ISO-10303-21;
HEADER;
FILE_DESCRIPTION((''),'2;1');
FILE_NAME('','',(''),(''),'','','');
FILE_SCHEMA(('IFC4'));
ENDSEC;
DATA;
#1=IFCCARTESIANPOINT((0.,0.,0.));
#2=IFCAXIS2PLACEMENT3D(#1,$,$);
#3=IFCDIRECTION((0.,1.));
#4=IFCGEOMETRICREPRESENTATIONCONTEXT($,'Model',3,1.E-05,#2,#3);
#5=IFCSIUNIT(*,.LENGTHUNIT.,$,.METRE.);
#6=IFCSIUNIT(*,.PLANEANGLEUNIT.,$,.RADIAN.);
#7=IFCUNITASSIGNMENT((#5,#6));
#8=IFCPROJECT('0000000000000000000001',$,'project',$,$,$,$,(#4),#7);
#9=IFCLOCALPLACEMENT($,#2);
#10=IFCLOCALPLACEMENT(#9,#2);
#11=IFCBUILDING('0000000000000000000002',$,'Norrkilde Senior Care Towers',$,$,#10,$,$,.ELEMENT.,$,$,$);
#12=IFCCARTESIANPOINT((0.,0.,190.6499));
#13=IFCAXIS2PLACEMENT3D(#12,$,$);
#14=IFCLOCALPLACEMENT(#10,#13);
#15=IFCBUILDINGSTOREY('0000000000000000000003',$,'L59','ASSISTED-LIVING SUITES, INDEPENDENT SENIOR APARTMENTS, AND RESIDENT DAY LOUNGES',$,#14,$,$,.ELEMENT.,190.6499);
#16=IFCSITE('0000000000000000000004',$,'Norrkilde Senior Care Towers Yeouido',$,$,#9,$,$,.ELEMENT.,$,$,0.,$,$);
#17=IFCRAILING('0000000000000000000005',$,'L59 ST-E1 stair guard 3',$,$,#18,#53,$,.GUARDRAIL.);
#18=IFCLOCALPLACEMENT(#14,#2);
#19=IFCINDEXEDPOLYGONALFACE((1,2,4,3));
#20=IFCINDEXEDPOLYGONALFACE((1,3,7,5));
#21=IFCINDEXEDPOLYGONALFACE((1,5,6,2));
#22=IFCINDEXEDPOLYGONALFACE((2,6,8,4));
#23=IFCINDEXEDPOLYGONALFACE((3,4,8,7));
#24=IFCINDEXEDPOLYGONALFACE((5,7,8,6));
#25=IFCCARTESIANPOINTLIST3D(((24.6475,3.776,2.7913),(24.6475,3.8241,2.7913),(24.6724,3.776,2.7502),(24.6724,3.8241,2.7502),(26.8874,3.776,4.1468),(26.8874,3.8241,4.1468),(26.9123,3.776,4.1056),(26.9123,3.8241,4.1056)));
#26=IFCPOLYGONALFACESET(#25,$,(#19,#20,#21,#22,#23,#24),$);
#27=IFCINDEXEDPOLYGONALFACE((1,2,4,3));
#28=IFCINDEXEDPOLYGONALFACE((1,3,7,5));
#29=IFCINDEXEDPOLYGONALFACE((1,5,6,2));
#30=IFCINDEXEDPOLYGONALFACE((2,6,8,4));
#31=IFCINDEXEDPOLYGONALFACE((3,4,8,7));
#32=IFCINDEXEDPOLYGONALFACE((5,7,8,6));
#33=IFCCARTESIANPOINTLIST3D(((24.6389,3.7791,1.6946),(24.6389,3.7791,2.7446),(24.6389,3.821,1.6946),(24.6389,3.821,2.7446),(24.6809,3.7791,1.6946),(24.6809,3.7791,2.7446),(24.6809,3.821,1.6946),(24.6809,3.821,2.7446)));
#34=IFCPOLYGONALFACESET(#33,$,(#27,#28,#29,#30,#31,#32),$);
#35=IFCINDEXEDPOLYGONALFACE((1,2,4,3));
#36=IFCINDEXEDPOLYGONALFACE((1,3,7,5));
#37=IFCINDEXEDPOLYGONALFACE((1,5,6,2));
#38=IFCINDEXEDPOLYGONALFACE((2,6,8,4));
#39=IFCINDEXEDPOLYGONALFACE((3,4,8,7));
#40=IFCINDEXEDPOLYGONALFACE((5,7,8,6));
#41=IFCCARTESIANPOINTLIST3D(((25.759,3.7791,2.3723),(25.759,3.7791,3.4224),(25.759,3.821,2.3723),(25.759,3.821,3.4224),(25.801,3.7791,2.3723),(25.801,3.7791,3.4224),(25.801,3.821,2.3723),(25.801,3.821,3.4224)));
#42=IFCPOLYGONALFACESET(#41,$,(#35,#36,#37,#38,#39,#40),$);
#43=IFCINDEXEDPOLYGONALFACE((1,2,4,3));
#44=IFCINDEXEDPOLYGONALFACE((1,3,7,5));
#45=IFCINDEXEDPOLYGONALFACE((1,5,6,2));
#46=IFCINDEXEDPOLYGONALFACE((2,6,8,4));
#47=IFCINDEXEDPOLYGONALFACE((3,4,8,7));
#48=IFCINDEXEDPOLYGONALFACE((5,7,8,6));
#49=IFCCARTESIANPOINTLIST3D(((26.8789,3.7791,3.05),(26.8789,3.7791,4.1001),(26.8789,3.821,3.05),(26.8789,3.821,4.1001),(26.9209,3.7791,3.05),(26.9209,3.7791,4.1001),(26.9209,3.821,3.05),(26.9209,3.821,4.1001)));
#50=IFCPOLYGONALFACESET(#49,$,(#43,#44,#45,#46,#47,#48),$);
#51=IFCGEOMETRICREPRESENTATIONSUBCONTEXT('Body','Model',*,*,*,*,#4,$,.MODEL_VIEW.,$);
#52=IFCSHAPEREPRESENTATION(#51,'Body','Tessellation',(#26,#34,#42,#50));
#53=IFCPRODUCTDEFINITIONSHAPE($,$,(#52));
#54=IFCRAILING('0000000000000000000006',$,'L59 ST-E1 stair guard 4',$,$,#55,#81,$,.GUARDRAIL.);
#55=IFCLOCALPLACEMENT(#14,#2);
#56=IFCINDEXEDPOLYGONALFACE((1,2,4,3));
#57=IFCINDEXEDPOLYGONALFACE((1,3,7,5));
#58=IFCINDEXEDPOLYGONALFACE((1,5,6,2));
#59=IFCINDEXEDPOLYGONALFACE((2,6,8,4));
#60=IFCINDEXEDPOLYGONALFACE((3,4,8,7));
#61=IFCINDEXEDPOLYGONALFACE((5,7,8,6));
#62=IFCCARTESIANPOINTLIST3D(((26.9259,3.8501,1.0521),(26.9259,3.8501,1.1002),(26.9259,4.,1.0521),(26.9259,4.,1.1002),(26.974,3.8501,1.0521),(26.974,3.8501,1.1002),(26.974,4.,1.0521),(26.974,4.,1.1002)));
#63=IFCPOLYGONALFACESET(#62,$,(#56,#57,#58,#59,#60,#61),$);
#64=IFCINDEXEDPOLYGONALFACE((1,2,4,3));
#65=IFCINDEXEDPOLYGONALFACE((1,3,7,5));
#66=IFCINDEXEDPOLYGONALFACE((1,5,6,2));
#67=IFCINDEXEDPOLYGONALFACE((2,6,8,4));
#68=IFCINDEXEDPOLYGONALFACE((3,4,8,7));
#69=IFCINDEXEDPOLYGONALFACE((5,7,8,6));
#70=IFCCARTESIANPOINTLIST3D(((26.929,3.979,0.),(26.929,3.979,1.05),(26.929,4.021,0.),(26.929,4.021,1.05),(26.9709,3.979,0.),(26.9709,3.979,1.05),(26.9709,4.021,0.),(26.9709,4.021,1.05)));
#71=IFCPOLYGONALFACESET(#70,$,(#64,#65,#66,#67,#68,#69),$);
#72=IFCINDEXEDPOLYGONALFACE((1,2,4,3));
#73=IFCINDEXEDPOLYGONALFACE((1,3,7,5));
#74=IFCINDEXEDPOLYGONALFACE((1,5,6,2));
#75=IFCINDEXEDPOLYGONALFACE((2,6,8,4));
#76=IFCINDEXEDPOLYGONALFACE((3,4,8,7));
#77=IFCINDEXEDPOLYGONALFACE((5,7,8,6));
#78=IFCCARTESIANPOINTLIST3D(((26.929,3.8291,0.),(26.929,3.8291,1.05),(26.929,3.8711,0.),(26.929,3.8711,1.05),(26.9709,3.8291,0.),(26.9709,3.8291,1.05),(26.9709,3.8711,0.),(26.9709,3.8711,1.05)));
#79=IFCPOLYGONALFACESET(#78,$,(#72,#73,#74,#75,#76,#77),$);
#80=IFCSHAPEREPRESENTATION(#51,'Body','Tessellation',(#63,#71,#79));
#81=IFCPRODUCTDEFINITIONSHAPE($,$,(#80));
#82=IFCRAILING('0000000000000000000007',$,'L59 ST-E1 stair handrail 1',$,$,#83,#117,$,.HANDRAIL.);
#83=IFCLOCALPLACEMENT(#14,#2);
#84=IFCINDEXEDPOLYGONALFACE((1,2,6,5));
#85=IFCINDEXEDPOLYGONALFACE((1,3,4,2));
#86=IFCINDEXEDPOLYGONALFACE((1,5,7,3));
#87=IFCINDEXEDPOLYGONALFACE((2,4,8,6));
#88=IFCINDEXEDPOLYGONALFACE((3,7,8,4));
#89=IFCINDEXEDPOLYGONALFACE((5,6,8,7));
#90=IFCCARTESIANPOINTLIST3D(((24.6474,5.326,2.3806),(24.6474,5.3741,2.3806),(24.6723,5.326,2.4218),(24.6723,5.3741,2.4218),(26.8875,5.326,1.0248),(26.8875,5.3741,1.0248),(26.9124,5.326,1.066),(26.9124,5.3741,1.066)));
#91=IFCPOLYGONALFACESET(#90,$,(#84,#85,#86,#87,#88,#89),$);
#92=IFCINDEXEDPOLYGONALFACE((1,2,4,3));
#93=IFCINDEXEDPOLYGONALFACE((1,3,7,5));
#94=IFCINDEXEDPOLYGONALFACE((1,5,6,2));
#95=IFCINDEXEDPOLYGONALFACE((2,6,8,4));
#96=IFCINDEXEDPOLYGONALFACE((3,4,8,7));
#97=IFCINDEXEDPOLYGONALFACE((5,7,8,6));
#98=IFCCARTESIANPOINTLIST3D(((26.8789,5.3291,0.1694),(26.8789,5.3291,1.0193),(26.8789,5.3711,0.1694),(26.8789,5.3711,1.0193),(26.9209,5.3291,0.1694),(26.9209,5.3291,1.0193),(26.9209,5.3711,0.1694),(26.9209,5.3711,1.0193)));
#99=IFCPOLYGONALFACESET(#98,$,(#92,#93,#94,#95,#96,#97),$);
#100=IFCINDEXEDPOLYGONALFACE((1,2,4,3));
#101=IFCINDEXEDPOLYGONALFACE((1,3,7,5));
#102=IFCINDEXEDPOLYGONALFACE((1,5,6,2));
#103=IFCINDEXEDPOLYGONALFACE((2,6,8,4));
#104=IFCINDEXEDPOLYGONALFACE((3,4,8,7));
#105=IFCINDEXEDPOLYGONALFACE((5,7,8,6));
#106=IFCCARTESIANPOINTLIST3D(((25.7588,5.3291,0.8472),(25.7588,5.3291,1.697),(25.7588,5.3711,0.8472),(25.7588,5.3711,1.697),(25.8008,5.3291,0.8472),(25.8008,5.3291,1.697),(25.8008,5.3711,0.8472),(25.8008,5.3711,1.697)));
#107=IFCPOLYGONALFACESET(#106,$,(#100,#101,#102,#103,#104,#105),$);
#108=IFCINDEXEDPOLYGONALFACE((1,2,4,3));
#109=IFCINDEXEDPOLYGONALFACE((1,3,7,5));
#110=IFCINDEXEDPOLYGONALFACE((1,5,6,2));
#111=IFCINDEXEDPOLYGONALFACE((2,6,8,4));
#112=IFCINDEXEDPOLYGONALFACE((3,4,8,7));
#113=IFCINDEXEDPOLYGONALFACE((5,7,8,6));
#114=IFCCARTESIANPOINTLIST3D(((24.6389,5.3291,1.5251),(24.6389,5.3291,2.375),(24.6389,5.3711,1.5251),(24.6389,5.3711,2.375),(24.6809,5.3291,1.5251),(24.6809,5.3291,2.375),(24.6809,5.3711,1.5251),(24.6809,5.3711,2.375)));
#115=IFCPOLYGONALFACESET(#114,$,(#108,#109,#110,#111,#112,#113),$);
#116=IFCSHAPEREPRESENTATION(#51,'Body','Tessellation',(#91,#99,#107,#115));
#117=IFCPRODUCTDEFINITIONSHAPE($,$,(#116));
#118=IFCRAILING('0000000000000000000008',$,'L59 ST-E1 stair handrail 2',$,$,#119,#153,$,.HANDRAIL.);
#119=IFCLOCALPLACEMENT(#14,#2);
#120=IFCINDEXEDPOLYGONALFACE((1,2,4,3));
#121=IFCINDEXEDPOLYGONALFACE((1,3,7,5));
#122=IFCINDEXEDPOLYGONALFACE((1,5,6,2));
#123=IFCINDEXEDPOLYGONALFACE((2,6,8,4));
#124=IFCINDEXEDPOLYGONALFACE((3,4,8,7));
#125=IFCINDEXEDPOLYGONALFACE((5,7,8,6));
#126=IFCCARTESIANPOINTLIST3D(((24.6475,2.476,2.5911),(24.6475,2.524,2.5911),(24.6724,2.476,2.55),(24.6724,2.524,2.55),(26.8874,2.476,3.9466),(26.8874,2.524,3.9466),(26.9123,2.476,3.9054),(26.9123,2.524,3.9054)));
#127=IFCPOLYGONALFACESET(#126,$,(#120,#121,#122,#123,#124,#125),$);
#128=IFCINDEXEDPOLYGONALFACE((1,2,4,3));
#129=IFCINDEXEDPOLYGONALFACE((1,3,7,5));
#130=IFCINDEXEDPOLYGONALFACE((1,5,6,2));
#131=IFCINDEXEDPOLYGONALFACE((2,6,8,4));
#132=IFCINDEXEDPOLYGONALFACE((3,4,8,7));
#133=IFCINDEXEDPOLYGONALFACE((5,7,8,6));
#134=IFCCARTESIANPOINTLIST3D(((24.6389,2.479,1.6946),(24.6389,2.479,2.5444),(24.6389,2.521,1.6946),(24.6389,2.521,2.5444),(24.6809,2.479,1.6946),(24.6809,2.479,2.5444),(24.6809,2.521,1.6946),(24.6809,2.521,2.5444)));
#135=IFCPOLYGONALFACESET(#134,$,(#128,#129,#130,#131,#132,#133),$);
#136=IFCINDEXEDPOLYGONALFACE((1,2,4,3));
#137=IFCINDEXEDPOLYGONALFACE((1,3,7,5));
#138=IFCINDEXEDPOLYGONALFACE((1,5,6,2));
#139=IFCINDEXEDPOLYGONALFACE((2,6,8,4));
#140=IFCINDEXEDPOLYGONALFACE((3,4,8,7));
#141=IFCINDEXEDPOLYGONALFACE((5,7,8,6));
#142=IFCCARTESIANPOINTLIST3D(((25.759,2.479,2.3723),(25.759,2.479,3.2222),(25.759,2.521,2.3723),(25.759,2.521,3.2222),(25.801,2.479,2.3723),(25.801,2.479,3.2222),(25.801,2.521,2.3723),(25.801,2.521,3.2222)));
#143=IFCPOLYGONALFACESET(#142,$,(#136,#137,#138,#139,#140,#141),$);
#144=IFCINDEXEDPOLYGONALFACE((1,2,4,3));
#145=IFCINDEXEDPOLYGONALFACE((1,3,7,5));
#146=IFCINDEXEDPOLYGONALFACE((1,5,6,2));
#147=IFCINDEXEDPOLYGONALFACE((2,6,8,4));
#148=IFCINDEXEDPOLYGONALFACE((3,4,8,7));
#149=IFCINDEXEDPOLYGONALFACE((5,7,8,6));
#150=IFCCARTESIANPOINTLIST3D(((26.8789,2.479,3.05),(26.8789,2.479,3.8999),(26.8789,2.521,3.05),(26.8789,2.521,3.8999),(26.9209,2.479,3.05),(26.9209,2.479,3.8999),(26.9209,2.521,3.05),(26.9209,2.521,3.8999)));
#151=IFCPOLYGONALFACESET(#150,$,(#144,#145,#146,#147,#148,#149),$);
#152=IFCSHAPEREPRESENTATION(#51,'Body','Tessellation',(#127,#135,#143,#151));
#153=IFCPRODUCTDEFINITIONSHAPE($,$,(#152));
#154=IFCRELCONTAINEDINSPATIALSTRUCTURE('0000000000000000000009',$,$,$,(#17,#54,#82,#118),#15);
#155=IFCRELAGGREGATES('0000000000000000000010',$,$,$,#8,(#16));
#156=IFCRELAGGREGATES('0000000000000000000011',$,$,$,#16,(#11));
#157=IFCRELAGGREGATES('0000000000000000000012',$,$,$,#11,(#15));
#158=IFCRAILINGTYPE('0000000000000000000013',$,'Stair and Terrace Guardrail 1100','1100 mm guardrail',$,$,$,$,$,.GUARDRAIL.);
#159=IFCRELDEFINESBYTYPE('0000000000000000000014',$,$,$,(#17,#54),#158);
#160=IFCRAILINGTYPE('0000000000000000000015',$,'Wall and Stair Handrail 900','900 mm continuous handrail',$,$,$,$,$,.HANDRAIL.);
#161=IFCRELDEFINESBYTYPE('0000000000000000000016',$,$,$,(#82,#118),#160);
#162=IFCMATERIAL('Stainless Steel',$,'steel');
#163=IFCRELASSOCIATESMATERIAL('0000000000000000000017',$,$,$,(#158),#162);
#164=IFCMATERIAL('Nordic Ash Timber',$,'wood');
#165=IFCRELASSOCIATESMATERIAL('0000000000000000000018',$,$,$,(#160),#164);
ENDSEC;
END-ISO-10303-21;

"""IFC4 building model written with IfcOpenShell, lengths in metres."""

from ifc_helpers import new_model, si_unit, direction, frame, origin, origin_2d, place, context, subcontext, project, spatial, rectangle, extrude, material, type_object, element, save


model = new_model("IFC4")

# Units and contexts
model_context = context("Model", 3, precision=1e-05, world=origin(), true_north=direction((0.0, 1.0)))
body_context = subcontext(model_context, "Body", "Model", "MODEL_VIEW")
ifc_project = project(units=[si_unit("LENGTHUNIT", "METRE"), si_unit("PLANEANGLEUNIT", "RADIAN")], contexts=[model_context])

# Site, building, storey
site_placement = place(None, origin())
site = spatial("IfcSite", under=ifc_project, at=site_placement, Name="Norrkilde Senior Care Towers Yeouido", CompositionType="ELEMENT", RefElevation=0.0)
building_placement = place(site_placement, origin())
building = spatial("IfcBuilding", under=site, at=building_placement, Name="Norrkilde Senior Care Towers", CompositionType="ELEMENT")
storey_placement = place(building_placement, frame((0.0, 0.0, 190.6499)))
storey = spatial("IfcBuildingStorey", under=building, at=storey_placement, Name="L59", Description="ASSISTED-LIVING SUITES, INDEPENDENT SENIOR APARTMENTS, AND RESIDENT DAY LOUNGES", CompositionType="ELEMENT", Elevation=190.6499)

# Shared definitions
ifc_material_1 = material(Name="Stainless Steel", Category="steel")

# Shared definitions
ifc_material_2 = material(Name="Nordic Ash Timber", Category="wood")

# Railings
railing_type_1 = type_object("IfcRailingType", Name="Stair and Terrace Guardrail 1100", Description="1100 mm guardrail", PredefinedType="GUARDRAIL", material=ifc_material_1)
railing_1_placement = place(storey_placement, frame((24.6599, 3.8, 1.6946)))
element("IfcRailing", 1, at=railing_1_placement, inside=storey, type_object=railing_type_1, Name="L59 ST-E1 stair guard 3", PredefinedType="GUARDRAIL", context=body_context, shape_type="SweptSolid", body=[
    extrude(rectangle(XDim=0.0481, YDim=0.0481, at=origin_2d()), frame((0.0, 0.0, 1.0762), z_axis=(0.855553, 0.0, 0.517715), x_axis=(0.0, 1.0, 0.0)), (0.0, 0.0, 1.0), 2.6182),
    extrude(rectangle(XDim=0.042, YDim=0.042, at=origin_2d()), origin(), (0.0, 0.0, 1.0), 1.05),
    extrude(rectangle(XDim=0.042, YDim=0.042, at=origin_2d()), frame((1.1201, 0.0, 0.6777)), (0.0, 0.0, 1.0), 1.05),
    extrude(rectangle(XDim=0.042, YDim=0.042, at=origin_2d()), frame((2.24, 0.0, 1.3555)), (0.0, 0.0, 1.0), 1.05),
])
railing_2_placement = place(storey_placement, frame((26.95, 4.0, 0.0)))
element("IfcRailing", 2, at=railing_2_placement, inside=storey, type_object=railing_type_1, Name="L59 ST-E1 stair guard 4", PredefinedType="GUARDRAIL", context=body_context, shape_type="SweptSolid", body=[
    extrude(rectangle(XDim=0.0481, YDim=0.0481, at=origin_2d()), frame((0.0, 0.0, 1.0762), z_axis=(0.0, -1.0, 0.0), x_axis=(1.0, 0.0, 0.0)), (0.0, 0.0, 1.0), 0.1499),
    extrude(rectangle(XDim=0.042, YDim=0.042, at=origin_2d()), origin(), (0.0, 0.0, 1.0), 1.05),
    extrude(rectangle(XDim=0.042, YDim=0.042, at=origin_2d()), frame((0.0, -0.1499, 0.0)), (0.0, 0.0, 1.0), 1.05),
])
railing_type_2 = type_object("IfcRailingType", Name="Wall and Stair Handrail 900", Description="900 mm continuous handrail", PredefinedType="HANDRAIL", material=ifc_material_2)
railing_3_placement = place(storey_placement, frame((26.8999, 5.3501, 0.1694)))
element("IfcRailing", 3, at=railing_3_placement, inside=storey, type_object=railing_type_2, Name="L59 ST-E1 stair handrail 1", PredefinedType="HANDRAIL", context=body_context, shape_type="SweptSolid", body=[
    extrude(rectangle(XDim=0.0481, YDim=0.0481, at=origin_2d()), frame((0.0, 0.0, 0.876), z_axis=(-0.855512, 0.0, 0.517783), x_axis=(0.0, -1.0, 0.0)), (0.0, 0.0, 1.0), 2.6184),
    extrude(rectangle(XDim=0.042, YDim=0.042, at=origin_2d()), origin(), (0.0, 0.0, 1.0), 0.8499),
    extrude(rectangle(XDim=0.042, YDim=0.042, at=origin_2d()), frame((-1.1201, 0.0, 0.6777)), (0.0, 0.0, 1.0), 0.8499),
    extrude(rectangle(XDim=0.042, YDim=0.042, at=origin_2d()), frame((-2.24, 0.0, 1.3557)), (0.0, 0.0, 1.0), 0.8499),
])
railing_4_placement = place(storey_placement, frame((24.6599, 2.5, 1.6946)))
element("IfcRailing", 4, at=railing_4_placement, inside=storey, type_object=railing_type_2, Name="L59 ST-E1 stair handrail 2", PredefinedType="HANDRAIL", context=body_context, shape_type="SweptSolid", body=[
    extrude(rectangle(XDim=0.0481, YDim=0.0481, at=origin_2d()), frame((0.0, 0.0, 0.876), z_axis=(0.855553, 0.0, 0.517715), x_axis=(0.0, 1.0, 0.0)), (0.0, 0.0, 1.0), 2.6182),
    extrude(rectangle(XDim=0.042, YDim=0.042, at=origin_2d()), origin(), (0.0, 0.0, 1.0), 0.8499),
    extrude(rectangle(XDim=0.042, YDim=0.042, at=origin_2d()), frame((1.1201, 0.0, 0.6777)), (0.0, 0.0, 1.0), 0.8499),
    extrude(rectangle(XDim=0.042, YDim=0.042, at=origin_2d()), frame((2.24, 0.0, 1.3555)), (0.0, 0.0, 1.0), 0.8499),
])

save(model, "model.ifc")
